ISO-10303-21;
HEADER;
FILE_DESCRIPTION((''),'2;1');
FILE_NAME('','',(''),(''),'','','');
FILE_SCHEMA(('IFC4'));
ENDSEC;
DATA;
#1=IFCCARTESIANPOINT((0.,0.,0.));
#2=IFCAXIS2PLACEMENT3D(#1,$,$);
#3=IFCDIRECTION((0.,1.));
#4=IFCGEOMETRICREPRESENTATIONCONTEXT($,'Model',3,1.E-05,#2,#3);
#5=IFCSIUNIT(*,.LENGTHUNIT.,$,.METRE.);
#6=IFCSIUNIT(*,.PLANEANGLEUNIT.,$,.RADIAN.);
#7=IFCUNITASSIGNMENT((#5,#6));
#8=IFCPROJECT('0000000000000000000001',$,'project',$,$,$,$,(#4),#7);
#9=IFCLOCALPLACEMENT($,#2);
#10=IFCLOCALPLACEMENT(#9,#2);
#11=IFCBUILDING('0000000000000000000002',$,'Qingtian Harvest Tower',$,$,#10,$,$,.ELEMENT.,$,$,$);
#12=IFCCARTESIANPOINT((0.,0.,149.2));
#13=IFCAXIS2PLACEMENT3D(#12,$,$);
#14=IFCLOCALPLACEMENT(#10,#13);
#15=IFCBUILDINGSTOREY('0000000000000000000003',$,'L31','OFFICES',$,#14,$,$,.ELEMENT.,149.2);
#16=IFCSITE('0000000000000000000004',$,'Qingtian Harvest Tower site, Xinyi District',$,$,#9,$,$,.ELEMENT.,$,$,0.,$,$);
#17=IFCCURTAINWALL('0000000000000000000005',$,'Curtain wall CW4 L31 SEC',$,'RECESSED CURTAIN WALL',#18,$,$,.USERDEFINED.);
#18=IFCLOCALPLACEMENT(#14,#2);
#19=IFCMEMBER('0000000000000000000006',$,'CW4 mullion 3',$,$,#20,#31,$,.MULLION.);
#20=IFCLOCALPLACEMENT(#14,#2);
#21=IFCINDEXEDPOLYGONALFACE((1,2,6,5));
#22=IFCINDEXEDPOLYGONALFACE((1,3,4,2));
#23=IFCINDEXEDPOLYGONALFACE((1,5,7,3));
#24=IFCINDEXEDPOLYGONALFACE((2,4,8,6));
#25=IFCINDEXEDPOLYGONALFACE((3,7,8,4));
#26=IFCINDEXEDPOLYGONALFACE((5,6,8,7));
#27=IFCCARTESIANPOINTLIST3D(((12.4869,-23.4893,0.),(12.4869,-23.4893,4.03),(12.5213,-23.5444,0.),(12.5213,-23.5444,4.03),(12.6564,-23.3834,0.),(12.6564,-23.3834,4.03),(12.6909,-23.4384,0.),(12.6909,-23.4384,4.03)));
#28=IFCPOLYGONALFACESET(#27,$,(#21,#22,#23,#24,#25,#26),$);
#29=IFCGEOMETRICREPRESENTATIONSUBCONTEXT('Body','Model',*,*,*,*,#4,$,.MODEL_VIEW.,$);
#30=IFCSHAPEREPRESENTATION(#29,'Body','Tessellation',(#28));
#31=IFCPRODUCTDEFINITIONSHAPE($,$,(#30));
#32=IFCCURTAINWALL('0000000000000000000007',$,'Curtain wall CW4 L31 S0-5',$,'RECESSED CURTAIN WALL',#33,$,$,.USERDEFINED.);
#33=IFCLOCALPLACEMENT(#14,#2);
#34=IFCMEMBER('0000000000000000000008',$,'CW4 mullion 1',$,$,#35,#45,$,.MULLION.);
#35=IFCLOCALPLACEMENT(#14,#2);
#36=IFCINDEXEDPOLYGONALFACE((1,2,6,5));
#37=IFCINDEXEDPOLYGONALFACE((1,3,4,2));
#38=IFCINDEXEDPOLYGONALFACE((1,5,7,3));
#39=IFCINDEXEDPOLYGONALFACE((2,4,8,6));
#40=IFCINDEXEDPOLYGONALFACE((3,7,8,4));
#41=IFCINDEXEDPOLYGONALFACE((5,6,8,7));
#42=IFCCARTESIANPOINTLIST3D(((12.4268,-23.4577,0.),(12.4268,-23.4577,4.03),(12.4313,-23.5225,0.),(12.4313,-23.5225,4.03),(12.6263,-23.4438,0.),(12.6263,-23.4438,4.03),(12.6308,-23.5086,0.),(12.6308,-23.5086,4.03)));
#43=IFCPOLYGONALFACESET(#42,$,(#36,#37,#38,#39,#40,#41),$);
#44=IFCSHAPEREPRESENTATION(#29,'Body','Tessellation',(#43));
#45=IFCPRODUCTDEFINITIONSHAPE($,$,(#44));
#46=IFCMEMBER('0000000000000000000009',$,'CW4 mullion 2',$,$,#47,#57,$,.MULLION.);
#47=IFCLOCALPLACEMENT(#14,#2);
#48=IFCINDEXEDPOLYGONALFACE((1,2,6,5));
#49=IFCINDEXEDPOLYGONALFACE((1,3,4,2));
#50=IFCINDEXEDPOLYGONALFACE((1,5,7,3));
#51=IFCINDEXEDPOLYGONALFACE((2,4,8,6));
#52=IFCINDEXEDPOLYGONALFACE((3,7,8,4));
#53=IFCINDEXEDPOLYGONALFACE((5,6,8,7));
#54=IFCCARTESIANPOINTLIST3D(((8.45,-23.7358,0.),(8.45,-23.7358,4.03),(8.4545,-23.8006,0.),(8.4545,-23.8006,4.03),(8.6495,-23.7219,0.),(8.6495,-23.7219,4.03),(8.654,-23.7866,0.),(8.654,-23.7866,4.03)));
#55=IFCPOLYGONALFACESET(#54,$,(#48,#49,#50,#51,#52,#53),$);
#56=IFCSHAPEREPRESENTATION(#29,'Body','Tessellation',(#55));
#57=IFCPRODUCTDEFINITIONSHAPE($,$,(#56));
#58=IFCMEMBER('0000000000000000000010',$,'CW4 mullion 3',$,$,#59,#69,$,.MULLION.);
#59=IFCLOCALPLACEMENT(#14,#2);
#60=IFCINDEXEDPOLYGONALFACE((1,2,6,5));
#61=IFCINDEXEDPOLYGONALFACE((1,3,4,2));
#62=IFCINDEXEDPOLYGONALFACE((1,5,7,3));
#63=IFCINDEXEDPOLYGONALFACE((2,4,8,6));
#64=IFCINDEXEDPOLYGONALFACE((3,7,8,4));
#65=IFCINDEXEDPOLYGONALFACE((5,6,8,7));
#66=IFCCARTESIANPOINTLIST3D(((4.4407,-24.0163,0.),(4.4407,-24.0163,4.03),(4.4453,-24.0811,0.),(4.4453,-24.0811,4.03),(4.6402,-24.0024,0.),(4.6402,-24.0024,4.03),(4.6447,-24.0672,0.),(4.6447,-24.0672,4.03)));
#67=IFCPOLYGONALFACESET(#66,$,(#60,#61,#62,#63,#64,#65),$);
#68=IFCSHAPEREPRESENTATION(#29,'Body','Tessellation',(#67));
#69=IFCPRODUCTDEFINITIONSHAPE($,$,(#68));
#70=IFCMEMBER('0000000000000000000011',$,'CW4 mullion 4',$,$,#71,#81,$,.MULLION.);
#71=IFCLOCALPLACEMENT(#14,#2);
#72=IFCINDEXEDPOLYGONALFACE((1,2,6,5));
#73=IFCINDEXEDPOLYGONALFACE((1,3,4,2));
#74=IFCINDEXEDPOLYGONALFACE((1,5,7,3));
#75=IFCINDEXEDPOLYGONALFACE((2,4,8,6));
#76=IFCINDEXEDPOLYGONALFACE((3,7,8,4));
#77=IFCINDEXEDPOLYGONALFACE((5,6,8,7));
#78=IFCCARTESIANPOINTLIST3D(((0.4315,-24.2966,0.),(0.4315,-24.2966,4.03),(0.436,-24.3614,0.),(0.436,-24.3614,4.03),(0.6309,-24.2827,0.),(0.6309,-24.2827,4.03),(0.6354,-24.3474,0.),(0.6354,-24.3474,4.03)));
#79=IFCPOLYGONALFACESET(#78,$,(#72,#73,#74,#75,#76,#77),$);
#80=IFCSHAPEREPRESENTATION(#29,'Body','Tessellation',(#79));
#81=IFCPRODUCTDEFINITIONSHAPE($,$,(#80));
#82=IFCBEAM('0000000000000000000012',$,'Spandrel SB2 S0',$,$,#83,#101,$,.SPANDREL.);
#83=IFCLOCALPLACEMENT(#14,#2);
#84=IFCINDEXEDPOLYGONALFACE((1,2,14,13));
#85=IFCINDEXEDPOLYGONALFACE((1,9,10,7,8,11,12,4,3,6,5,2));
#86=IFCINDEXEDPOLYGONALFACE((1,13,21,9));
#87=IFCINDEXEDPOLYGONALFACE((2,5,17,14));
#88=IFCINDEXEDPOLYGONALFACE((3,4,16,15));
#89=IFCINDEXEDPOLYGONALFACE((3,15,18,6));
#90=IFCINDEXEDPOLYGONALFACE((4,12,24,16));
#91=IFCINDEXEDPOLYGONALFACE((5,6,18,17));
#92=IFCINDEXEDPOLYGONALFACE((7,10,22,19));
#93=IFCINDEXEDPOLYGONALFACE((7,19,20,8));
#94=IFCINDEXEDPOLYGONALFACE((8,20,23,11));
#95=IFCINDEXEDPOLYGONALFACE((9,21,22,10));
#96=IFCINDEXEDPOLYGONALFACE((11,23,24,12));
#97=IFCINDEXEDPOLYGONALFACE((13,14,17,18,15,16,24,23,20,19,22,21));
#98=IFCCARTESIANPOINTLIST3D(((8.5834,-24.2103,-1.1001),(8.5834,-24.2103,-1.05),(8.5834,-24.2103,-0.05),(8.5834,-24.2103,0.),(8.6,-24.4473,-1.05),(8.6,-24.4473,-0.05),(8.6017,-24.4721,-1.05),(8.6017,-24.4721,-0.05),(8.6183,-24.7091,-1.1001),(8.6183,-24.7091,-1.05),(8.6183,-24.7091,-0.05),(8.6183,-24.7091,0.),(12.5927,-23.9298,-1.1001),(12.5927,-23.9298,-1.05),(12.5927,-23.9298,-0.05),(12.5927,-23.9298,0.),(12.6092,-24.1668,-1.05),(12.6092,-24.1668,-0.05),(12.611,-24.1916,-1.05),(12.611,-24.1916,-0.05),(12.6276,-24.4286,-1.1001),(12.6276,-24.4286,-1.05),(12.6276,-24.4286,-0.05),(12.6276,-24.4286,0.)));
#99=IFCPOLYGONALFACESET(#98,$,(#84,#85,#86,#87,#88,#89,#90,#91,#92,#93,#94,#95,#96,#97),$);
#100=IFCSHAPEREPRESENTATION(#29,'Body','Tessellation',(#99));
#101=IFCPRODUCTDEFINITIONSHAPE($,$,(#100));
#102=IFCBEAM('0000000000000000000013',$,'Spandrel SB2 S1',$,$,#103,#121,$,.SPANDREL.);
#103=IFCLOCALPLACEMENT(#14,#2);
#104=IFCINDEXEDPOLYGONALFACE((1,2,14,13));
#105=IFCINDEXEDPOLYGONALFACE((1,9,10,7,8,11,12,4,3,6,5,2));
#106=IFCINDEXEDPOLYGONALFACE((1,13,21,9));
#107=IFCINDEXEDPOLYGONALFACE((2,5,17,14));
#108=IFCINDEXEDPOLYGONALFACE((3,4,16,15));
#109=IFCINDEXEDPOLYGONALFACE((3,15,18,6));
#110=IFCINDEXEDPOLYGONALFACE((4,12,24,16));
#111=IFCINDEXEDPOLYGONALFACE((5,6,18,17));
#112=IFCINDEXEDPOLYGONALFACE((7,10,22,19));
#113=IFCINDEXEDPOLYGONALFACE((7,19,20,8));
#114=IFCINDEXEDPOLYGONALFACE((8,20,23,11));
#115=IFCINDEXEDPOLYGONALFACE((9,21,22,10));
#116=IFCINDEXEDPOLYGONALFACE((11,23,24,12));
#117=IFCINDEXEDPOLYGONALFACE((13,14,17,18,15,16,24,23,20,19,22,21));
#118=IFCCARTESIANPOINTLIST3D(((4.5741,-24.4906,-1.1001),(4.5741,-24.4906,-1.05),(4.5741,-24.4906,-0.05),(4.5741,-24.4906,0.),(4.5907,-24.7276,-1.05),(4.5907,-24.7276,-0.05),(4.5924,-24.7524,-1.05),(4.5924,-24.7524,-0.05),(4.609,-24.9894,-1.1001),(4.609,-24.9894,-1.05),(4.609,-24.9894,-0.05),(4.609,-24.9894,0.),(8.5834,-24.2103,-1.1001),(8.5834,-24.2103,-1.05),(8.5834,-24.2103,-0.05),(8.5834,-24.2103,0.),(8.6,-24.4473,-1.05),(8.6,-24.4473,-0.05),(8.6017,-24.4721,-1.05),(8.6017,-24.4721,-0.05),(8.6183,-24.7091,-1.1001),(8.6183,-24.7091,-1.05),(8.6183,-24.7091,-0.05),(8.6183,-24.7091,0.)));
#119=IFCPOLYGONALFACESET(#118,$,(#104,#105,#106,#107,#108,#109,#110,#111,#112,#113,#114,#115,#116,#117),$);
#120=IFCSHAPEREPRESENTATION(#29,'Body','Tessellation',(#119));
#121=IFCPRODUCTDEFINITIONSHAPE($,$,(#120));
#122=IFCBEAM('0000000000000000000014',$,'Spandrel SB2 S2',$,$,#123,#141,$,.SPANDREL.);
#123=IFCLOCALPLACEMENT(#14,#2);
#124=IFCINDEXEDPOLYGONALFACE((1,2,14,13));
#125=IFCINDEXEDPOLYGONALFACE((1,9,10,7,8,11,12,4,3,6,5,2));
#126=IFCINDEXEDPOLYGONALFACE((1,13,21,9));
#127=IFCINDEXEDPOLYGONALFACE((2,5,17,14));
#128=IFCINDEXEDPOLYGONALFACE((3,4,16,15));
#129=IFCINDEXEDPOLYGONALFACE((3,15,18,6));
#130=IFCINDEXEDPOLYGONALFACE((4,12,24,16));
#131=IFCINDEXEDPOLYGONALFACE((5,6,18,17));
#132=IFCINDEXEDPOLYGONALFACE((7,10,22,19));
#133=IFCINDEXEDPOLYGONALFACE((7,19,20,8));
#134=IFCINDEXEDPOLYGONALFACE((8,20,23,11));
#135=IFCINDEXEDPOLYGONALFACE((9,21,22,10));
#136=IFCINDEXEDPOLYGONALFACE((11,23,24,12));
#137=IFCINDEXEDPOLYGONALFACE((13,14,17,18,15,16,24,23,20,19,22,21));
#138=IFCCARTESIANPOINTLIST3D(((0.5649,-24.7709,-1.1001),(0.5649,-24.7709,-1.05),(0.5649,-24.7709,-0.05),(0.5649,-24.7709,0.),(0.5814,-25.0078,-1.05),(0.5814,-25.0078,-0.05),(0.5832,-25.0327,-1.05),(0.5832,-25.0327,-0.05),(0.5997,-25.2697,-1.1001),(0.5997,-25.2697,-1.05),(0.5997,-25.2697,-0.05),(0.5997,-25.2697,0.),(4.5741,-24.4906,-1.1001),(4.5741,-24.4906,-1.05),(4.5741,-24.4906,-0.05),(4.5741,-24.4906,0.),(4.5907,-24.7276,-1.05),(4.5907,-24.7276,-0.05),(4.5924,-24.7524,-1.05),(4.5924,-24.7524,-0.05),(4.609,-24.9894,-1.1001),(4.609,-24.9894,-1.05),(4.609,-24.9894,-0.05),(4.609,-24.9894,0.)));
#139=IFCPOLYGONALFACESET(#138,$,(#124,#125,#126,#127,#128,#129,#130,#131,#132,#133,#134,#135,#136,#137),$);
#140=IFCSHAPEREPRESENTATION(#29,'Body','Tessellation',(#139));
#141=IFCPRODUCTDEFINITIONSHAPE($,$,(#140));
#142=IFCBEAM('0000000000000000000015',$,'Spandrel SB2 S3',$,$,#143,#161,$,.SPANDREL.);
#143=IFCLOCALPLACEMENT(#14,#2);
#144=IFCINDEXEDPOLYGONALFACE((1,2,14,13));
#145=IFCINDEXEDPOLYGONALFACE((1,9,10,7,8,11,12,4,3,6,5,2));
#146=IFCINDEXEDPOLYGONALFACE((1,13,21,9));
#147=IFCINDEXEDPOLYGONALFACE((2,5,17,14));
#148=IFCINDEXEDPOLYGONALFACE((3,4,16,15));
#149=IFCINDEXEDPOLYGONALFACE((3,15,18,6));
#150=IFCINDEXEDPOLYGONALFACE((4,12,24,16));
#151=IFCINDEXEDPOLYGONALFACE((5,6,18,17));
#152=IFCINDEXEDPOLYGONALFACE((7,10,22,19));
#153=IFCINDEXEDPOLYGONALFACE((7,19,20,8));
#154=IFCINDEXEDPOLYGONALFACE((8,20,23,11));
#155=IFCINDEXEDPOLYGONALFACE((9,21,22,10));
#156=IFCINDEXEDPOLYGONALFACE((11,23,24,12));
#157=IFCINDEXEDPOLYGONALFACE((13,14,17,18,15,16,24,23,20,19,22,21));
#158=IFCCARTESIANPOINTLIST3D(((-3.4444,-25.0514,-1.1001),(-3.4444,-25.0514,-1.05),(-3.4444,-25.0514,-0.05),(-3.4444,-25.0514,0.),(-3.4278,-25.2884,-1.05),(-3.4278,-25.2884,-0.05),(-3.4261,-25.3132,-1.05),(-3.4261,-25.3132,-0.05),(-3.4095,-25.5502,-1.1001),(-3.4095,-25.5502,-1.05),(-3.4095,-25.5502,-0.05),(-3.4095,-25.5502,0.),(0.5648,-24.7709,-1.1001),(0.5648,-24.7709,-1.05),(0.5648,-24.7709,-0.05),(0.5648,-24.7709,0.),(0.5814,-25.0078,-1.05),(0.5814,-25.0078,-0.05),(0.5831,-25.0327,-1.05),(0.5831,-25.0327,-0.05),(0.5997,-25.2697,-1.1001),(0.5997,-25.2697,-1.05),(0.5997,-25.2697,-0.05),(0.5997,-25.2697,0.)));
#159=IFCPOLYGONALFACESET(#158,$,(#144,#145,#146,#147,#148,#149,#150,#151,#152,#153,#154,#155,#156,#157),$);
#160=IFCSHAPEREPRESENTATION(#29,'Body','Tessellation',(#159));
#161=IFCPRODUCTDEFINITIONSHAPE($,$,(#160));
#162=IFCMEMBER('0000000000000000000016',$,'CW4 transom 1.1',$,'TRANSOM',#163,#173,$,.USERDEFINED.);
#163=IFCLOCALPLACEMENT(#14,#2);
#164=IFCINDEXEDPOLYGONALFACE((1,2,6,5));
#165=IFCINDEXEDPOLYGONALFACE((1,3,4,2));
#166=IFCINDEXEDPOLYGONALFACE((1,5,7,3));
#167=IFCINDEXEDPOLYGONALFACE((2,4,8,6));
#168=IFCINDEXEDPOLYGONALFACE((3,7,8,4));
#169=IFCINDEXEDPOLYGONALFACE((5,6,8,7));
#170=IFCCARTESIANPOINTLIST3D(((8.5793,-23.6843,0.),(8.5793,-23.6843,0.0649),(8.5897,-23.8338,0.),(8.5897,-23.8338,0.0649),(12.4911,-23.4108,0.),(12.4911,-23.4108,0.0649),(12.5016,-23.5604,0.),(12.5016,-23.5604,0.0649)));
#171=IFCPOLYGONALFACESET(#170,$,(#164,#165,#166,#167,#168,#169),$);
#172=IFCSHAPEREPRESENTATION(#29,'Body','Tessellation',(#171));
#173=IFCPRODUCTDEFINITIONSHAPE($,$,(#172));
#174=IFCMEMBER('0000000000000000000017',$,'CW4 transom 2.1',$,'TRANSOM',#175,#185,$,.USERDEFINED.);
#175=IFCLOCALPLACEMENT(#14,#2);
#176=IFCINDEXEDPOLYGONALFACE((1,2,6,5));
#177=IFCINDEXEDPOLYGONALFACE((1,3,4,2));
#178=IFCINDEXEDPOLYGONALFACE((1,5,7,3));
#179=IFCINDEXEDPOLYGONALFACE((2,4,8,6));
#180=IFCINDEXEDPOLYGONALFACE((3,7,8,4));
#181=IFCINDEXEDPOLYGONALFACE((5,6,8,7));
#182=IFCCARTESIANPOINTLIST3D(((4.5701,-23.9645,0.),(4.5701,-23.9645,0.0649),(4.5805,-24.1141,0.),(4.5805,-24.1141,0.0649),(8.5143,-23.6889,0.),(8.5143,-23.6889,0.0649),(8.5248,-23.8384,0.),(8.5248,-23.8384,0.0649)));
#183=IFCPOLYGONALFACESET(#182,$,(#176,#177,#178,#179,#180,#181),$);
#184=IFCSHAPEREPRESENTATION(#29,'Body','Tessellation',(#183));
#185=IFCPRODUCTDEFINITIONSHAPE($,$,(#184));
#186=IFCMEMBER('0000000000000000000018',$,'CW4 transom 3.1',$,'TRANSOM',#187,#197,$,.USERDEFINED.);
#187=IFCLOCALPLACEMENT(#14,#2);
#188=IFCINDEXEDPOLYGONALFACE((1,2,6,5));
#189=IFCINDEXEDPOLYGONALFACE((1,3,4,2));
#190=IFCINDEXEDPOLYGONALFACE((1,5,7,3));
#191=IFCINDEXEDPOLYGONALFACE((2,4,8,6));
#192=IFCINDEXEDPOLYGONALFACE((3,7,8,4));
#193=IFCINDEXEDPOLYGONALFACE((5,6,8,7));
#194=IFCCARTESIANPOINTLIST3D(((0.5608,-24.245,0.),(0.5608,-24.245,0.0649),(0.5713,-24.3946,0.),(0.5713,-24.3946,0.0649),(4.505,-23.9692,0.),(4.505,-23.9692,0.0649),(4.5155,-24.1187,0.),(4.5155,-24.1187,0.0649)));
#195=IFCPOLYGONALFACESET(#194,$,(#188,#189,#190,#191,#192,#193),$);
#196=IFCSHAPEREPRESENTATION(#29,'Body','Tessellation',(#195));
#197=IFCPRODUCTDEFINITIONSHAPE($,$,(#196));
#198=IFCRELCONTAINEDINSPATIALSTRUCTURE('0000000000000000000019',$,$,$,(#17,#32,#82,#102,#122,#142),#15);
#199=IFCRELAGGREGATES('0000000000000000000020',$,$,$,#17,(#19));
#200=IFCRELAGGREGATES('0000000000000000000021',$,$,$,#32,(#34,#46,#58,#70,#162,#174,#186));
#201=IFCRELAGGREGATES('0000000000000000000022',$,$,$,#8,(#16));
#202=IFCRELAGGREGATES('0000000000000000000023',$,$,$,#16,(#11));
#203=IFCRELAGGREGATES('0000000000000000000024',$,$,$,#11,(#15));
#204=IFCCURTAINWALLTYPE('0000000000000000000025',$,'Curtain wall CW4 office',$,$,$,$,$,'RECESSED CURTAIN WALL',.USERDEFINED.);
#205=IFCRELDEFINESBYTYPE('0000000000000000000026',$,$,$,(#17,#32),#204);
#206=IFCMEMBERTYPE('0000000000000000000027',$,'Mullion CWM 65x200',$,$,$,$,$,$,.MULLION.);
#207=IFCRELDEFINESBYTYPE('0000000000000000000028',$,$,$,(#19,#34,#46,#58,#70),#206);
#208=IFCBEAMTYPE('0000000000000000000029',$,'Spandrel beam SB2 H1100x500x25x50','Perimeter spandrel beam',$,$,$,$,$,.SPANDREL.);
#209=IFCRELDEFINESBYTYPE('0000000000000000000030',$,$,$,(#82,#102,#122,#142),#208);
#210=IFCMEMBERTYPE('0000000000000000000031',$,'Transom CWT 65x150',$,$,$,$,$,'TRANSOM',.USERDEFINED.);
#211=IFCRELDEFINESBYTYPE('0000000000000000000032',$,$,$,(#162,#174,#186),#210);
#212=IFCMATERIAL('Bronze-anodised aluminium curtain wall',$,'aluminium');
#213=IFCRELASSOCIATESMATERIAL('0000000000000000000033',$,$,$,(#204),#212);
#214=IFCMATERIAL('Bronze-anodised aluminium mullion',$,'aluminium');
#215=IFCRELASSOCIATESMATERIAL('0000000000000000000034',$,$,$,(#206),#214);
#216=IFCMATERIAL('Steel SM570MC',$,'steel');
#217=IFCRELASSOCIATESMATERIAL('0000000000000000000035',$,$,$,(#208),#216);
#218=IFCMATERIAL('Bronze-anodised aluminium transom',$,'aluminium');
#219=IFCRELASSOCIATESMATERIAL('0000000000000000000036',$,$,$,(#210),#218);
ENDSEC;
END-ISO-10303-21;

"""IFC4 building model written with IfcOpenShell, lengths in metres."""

from ifc_helpers import new_model, si_unit, direction, frame, origin, origin_2d, place, context, subcontext, project, spatial, rectangle, i_section, extrude, material, material_profile, profile_set, type_object, element, aggregate, save


model = new_model("IFC4")

# Units and contexts
model_context = context("Model", 3, precision=1e-05, world=origin(), true_north=direction((0.0, 1.0)))
body_context = subcontext(model_context, "Body", "Model", "MODEL_VIEW")
ifc_project = project(units=[si_unit("LENGTHUNIT", "METRE"), si_unit("PLANEANGLEUNIT", "RADIAN")], contexts=[model_context])

# Site, building, storey
site_placement = place(None, origin())
site = spatial("IfcSite", under=ifc_project, at=site_placement, Name="Qingtian Harvest Tower site, Xinyi District", CompositionType="ELEMENT", RefElevation=0.0)
building_placement = place(site_placement, origin())
building = spatial("IfcBuilding", under=site, at=building_placement, Name="Qingtian Harvest Tower", CompositionType="ELEMENT")
storey_placement = place(building_placement, frame((0.0, 0.0, 149.2)))
storey = spatial("IfcBuildingStorey", under=building, at=storey_placement, Name="L31", Description="OFFICES", CompositionType="ELEMENT", Elevation=149.2)

# Curtain wall, member
ifc_material_1 = material(Name="Bronze-anodised aluminium curtain wall", Category="aluminium")
curtain_wall_type = type_object("IfcCurtainWallType", Name="Curtain wall CW4 office", ElementType="RECESSED CURTAIN WALL", PredefinedType="USERDEFINED", material=ifc_material_1)
curtain_wall_1_placement = place(storey_placement, origin())
curtain_wall_1 = element("IfcCurtainWall", 1, at=curtain_wall_1_placement, inside=storey, type_object=curtain_wall_type, Name="Curtain wall CW4 L31 SEC", ObjectType="RECESSED CURTAIN WALL", PredefinedType="USERDEFINED")
ifc_material_2 = material(Name="Bronze-anodised aluminium mullion", Category="aluminium")
ifc_material_profile_1 = material_profile(ifc_material_2, rectangle(XDim=0.0649, YDim=0.2, at=origin_2d()), Name="AL 65x200")
ifc_profile_set_1 = profile_set([ifc_material_profile_1], Name="Bronze-anodised aluminium mullion")
member_type_1 = type_object("IfcMemberType", Name="Mullion CWM 65x200", PredefinedType="MULLION", material=ifc_profile_set_1)
member_1_placement = place(storey_placement, frame((12.5889, -23.4639, 0.0), z_axis=(0.0, 0.0, 1.0), x_axis=(0.529919, -0.848048, 0.0)))
member_1 = element("IfcMember", 2, at=member_1_placement, type_object=member_type_1, Name="CW4 mullion 3", PredefinedType="MULLION", context=body_context, shape_type="SweptSolid", body=[
    extrude(rectangle(XDim=0.0649, YDim=0.2, at=origin_2d()), origin(), (0.0, 0.0, 1.0), 4.03),
])
aggregate(curtain_wall_1, [member_1])

# Curtain wall, members
curtain_wall_2_placement = place(storey_placement, origin())
curtain_wall_2 = element("IfcCurtainWall", 3, at=curtain_wall_2_placement, inside=storey, type_object=curtain_wall_type, Name="Curtain wall CW4 L31 S0-5", ObjectType="RECESSED CURTAIN WALL", PredefinedType="USERDEFINED")
member_2_placement = place(storey_placement, frame((12.5288, -23.4832, 0.0), z_axis=(0.0, 0.0, 1.0), x_axis=(0.069756, -0.997564, 0.0)))
member_2 = element("IfcMember", 4, at=member_2_placement, type_object=member_type_1, Name="CW4 mullion 1", PredefinedType="MULLION", context=body_context, shape_type="SweptSolid", body=[
    extrude(rectangle(XDim=0.0649, YDim=0.2, at=origin_2d()), origin(), (0.0, 0.0, 1.0), 4.03),
])
member_3_placement = place(storey_placement, frame((8.552, -23.7612, 0.0), z_axis=(0.0, 0.0, 1.0), x_axis=(0.069756, -0.997564, 0.0)))
member_3 = element("IfcMember", 5, at=member_3_placement, type_object=member_type_1, Name="CW4 mullion 2", PredefinedType="MULLION", context=body_context, shape_type="SweptSolid", body=[
    extrude(rectangle(XDim=0.0649, YDim=0.2, at=origin_2d()), origin(), (0.0, 0.0, 1.0), 4.03),
])
member_4_placement = place(storey_placement, frame((4.5427, -24.0417, 0.0), z_axis=(0.0, 0.0, 1.0), x_axis=(0.069756, -0.997564, 0.0)))
member_4 = element("IfcMember", 6, at=member_4_placement, type_object=member_type_1, Name="CW4 mullion 3", PredefinedType="MULLION", context=body_context, shape_type="SweptSolid", body=[
    extrude(rectangle(XDim=0.0649, YDim=0.2, at=origin_2d()), origin(), (0.0, 0.0, 1.0), 4.03),
])
member_5_placement = place(storey_placement, frame((0.5334, -24.322, 0.0), z_axis=(0.0, 0.0, 1.0), x_axis=(0.069756, -0.997564, 0.0)))
member_5 = element("IfcMember", 7, at=member_5_placement, type_object=member_type_1, Name="CW4 mullion 4", PredefinedType="MULLION", context=body_context, shape_type="SweptSolid", body=[
    extrude(rectangle(XDim=0.0649, YDim=0.2, at=origin_2d()), origin(), (0.0, 0.0, 1.0), 4.03),
])

# Beams
ifc_material_3 = material(Name="Steel SM570MC", Category="steel")
ifc_material_profile_2 = material_profile(ifc_material_3, i_section(OverallWidth=0.5, OverallDepth=1.1001, WebThickness=0.0249, FlangeThickness=0.05, at=origin_2d()), Name="H1100x500x25x50")
ifc_profile_set_2 = profile_set([ifc_material_profile_2], Name="Steel SM570MC")
beam_type_1 = type_object("IfcBeamType", Name="Spandrel beam SB2 H1100x500x25x50", Description="Perimeter spandrel beam", PredefinedType="SPANDREL", material=ifc_profile_set_2)
for number, where, z_axis, x_axis, name in (
    (8, (12.6101, -24.1792, -0.55), (-0.997561, -0.069796, 0.0), (0.069796, -0.997561, 0.0), "Spandrel SB2 S0"),
    (9, (8.6008, -24.4597, -0.55), (-0.997565, -0.069736, 0.0), (0.069736, -0.997565, 0.0), "Spandrel SB2 S1"),
    (10, (4.5916, -24.74, -0.55), (-0.997565, -0.069736, 0.0), (0.069736, -0.997565, 0.0), "Spandrel SB2 S2"),
    (11, (0.5823, -25.0203, -0.55), (-0.997561, -0.069796, 0.0), (0.069796, -0.997561, 0.0), "Spandrel SB2 S3"),
):
    element("IfcBeam", number, at=place(storey_placement, frame(where, z_axis=z_axis, x_axis=x_axis)), inside=storey, type_object=beam_type_1, Name=name, PredefinedType="SPANDREL", context=body_context, shape_type="SweptSolid", body=[
        extrude(i_section(OverallWidth=0.5, OverallDepth=1.1001, WebThickness=0.0249, FlangeThickness=0.05, at=origin_2d()), origin(), (0.0, 0.0, 1.0), 4.019),
    ])

# Members
ifc_material_4 = material(Name="Bronze-anodised aluminium transom", Category="aluminium")
ifc_material_profile_3 = material_profile(ifc_material_4, rectangle(XDim=0.1499, YDim=0.0649, at=origin_2d()), Name="AL 65x150")
ifc_profile_set_3 = profile_set([ifc_material_profile_3], Name="Bronze-anodised aluminium transom")
member_type_2 = type_object("IfcMemberType", Name="Transom CWT 65x150", ElementType="TRANSOM", PredefinedType="USERDEFINED", material=ifc_profile_set_3)
member_6_placement = place(storey_placement, frame((12.4963, -23.4856, 0.0325), z_axis=(-0.997566, -0.069729, 0.0), x_axis=(0.069729, -0.997566, 0.0)))
member_6 = element("IfcMember", 12, at=member_6_placement, type_object=member_type_2, Name="CW4 transom 1.1", ObjectType="TRANSOM", PredefinedType="USERDEFINED", context=body_context, shape_type="SweptSolid", body=[
    extrude(rectangle(XDim=0.1499, YDim=0.0649, at=origin_2d()), origin(), (0.0, 0.0, 1.0), 3.9214),
])
member_7_placement = place(storey_placement, frame((8.5195, -23.7637, 0.0325), z_axis=(-0.997567, -0.069711, 0.0), x_axis=(0.069711, -0.997567, 0.0)))
member_7 = element("IfcMember", 13, at=member_7_placement, type_object=member_type_2, Name="CW4 transom 2.1", ObjectType="TRANSOM", PredefinedType="USERDEFINED", context=body_context, shape_type="SweptSolid", body=[
    extrude(rectangle(XDim=0.1499, YDim=0.0649, at=origin_2d()), origin(), (0.0, 0.0, 1.0), 3.9539),
])
member_8_placement = place(storey_placement, frame((4.5103, -24.0439, 0.0325), z_axis=(-0.997563, -0.069773, 0.0), x_axis=(0.069773, -0.997563, 0.0)))
member_8 = element("IfcMember", 14, at=member_8_placement, type_object=member_type_2, Name="CW4 transom 3.1", ObjectType="TRANSOM", PredefinedType="USERDEFINED", context=body_context, shape_type="SweptSolid", body=[
    extrude(rectangle(XDim=0.1499, YDim=0.0649, at=origin_2d()), origin(), (0.0, 0.0, 1.0), 3.9539),
])

aggregate(curtain_wall_2, [member_2, member_3, member_4, member_5, member_6, member_7, member_8])

save(model, "model.ifc")
